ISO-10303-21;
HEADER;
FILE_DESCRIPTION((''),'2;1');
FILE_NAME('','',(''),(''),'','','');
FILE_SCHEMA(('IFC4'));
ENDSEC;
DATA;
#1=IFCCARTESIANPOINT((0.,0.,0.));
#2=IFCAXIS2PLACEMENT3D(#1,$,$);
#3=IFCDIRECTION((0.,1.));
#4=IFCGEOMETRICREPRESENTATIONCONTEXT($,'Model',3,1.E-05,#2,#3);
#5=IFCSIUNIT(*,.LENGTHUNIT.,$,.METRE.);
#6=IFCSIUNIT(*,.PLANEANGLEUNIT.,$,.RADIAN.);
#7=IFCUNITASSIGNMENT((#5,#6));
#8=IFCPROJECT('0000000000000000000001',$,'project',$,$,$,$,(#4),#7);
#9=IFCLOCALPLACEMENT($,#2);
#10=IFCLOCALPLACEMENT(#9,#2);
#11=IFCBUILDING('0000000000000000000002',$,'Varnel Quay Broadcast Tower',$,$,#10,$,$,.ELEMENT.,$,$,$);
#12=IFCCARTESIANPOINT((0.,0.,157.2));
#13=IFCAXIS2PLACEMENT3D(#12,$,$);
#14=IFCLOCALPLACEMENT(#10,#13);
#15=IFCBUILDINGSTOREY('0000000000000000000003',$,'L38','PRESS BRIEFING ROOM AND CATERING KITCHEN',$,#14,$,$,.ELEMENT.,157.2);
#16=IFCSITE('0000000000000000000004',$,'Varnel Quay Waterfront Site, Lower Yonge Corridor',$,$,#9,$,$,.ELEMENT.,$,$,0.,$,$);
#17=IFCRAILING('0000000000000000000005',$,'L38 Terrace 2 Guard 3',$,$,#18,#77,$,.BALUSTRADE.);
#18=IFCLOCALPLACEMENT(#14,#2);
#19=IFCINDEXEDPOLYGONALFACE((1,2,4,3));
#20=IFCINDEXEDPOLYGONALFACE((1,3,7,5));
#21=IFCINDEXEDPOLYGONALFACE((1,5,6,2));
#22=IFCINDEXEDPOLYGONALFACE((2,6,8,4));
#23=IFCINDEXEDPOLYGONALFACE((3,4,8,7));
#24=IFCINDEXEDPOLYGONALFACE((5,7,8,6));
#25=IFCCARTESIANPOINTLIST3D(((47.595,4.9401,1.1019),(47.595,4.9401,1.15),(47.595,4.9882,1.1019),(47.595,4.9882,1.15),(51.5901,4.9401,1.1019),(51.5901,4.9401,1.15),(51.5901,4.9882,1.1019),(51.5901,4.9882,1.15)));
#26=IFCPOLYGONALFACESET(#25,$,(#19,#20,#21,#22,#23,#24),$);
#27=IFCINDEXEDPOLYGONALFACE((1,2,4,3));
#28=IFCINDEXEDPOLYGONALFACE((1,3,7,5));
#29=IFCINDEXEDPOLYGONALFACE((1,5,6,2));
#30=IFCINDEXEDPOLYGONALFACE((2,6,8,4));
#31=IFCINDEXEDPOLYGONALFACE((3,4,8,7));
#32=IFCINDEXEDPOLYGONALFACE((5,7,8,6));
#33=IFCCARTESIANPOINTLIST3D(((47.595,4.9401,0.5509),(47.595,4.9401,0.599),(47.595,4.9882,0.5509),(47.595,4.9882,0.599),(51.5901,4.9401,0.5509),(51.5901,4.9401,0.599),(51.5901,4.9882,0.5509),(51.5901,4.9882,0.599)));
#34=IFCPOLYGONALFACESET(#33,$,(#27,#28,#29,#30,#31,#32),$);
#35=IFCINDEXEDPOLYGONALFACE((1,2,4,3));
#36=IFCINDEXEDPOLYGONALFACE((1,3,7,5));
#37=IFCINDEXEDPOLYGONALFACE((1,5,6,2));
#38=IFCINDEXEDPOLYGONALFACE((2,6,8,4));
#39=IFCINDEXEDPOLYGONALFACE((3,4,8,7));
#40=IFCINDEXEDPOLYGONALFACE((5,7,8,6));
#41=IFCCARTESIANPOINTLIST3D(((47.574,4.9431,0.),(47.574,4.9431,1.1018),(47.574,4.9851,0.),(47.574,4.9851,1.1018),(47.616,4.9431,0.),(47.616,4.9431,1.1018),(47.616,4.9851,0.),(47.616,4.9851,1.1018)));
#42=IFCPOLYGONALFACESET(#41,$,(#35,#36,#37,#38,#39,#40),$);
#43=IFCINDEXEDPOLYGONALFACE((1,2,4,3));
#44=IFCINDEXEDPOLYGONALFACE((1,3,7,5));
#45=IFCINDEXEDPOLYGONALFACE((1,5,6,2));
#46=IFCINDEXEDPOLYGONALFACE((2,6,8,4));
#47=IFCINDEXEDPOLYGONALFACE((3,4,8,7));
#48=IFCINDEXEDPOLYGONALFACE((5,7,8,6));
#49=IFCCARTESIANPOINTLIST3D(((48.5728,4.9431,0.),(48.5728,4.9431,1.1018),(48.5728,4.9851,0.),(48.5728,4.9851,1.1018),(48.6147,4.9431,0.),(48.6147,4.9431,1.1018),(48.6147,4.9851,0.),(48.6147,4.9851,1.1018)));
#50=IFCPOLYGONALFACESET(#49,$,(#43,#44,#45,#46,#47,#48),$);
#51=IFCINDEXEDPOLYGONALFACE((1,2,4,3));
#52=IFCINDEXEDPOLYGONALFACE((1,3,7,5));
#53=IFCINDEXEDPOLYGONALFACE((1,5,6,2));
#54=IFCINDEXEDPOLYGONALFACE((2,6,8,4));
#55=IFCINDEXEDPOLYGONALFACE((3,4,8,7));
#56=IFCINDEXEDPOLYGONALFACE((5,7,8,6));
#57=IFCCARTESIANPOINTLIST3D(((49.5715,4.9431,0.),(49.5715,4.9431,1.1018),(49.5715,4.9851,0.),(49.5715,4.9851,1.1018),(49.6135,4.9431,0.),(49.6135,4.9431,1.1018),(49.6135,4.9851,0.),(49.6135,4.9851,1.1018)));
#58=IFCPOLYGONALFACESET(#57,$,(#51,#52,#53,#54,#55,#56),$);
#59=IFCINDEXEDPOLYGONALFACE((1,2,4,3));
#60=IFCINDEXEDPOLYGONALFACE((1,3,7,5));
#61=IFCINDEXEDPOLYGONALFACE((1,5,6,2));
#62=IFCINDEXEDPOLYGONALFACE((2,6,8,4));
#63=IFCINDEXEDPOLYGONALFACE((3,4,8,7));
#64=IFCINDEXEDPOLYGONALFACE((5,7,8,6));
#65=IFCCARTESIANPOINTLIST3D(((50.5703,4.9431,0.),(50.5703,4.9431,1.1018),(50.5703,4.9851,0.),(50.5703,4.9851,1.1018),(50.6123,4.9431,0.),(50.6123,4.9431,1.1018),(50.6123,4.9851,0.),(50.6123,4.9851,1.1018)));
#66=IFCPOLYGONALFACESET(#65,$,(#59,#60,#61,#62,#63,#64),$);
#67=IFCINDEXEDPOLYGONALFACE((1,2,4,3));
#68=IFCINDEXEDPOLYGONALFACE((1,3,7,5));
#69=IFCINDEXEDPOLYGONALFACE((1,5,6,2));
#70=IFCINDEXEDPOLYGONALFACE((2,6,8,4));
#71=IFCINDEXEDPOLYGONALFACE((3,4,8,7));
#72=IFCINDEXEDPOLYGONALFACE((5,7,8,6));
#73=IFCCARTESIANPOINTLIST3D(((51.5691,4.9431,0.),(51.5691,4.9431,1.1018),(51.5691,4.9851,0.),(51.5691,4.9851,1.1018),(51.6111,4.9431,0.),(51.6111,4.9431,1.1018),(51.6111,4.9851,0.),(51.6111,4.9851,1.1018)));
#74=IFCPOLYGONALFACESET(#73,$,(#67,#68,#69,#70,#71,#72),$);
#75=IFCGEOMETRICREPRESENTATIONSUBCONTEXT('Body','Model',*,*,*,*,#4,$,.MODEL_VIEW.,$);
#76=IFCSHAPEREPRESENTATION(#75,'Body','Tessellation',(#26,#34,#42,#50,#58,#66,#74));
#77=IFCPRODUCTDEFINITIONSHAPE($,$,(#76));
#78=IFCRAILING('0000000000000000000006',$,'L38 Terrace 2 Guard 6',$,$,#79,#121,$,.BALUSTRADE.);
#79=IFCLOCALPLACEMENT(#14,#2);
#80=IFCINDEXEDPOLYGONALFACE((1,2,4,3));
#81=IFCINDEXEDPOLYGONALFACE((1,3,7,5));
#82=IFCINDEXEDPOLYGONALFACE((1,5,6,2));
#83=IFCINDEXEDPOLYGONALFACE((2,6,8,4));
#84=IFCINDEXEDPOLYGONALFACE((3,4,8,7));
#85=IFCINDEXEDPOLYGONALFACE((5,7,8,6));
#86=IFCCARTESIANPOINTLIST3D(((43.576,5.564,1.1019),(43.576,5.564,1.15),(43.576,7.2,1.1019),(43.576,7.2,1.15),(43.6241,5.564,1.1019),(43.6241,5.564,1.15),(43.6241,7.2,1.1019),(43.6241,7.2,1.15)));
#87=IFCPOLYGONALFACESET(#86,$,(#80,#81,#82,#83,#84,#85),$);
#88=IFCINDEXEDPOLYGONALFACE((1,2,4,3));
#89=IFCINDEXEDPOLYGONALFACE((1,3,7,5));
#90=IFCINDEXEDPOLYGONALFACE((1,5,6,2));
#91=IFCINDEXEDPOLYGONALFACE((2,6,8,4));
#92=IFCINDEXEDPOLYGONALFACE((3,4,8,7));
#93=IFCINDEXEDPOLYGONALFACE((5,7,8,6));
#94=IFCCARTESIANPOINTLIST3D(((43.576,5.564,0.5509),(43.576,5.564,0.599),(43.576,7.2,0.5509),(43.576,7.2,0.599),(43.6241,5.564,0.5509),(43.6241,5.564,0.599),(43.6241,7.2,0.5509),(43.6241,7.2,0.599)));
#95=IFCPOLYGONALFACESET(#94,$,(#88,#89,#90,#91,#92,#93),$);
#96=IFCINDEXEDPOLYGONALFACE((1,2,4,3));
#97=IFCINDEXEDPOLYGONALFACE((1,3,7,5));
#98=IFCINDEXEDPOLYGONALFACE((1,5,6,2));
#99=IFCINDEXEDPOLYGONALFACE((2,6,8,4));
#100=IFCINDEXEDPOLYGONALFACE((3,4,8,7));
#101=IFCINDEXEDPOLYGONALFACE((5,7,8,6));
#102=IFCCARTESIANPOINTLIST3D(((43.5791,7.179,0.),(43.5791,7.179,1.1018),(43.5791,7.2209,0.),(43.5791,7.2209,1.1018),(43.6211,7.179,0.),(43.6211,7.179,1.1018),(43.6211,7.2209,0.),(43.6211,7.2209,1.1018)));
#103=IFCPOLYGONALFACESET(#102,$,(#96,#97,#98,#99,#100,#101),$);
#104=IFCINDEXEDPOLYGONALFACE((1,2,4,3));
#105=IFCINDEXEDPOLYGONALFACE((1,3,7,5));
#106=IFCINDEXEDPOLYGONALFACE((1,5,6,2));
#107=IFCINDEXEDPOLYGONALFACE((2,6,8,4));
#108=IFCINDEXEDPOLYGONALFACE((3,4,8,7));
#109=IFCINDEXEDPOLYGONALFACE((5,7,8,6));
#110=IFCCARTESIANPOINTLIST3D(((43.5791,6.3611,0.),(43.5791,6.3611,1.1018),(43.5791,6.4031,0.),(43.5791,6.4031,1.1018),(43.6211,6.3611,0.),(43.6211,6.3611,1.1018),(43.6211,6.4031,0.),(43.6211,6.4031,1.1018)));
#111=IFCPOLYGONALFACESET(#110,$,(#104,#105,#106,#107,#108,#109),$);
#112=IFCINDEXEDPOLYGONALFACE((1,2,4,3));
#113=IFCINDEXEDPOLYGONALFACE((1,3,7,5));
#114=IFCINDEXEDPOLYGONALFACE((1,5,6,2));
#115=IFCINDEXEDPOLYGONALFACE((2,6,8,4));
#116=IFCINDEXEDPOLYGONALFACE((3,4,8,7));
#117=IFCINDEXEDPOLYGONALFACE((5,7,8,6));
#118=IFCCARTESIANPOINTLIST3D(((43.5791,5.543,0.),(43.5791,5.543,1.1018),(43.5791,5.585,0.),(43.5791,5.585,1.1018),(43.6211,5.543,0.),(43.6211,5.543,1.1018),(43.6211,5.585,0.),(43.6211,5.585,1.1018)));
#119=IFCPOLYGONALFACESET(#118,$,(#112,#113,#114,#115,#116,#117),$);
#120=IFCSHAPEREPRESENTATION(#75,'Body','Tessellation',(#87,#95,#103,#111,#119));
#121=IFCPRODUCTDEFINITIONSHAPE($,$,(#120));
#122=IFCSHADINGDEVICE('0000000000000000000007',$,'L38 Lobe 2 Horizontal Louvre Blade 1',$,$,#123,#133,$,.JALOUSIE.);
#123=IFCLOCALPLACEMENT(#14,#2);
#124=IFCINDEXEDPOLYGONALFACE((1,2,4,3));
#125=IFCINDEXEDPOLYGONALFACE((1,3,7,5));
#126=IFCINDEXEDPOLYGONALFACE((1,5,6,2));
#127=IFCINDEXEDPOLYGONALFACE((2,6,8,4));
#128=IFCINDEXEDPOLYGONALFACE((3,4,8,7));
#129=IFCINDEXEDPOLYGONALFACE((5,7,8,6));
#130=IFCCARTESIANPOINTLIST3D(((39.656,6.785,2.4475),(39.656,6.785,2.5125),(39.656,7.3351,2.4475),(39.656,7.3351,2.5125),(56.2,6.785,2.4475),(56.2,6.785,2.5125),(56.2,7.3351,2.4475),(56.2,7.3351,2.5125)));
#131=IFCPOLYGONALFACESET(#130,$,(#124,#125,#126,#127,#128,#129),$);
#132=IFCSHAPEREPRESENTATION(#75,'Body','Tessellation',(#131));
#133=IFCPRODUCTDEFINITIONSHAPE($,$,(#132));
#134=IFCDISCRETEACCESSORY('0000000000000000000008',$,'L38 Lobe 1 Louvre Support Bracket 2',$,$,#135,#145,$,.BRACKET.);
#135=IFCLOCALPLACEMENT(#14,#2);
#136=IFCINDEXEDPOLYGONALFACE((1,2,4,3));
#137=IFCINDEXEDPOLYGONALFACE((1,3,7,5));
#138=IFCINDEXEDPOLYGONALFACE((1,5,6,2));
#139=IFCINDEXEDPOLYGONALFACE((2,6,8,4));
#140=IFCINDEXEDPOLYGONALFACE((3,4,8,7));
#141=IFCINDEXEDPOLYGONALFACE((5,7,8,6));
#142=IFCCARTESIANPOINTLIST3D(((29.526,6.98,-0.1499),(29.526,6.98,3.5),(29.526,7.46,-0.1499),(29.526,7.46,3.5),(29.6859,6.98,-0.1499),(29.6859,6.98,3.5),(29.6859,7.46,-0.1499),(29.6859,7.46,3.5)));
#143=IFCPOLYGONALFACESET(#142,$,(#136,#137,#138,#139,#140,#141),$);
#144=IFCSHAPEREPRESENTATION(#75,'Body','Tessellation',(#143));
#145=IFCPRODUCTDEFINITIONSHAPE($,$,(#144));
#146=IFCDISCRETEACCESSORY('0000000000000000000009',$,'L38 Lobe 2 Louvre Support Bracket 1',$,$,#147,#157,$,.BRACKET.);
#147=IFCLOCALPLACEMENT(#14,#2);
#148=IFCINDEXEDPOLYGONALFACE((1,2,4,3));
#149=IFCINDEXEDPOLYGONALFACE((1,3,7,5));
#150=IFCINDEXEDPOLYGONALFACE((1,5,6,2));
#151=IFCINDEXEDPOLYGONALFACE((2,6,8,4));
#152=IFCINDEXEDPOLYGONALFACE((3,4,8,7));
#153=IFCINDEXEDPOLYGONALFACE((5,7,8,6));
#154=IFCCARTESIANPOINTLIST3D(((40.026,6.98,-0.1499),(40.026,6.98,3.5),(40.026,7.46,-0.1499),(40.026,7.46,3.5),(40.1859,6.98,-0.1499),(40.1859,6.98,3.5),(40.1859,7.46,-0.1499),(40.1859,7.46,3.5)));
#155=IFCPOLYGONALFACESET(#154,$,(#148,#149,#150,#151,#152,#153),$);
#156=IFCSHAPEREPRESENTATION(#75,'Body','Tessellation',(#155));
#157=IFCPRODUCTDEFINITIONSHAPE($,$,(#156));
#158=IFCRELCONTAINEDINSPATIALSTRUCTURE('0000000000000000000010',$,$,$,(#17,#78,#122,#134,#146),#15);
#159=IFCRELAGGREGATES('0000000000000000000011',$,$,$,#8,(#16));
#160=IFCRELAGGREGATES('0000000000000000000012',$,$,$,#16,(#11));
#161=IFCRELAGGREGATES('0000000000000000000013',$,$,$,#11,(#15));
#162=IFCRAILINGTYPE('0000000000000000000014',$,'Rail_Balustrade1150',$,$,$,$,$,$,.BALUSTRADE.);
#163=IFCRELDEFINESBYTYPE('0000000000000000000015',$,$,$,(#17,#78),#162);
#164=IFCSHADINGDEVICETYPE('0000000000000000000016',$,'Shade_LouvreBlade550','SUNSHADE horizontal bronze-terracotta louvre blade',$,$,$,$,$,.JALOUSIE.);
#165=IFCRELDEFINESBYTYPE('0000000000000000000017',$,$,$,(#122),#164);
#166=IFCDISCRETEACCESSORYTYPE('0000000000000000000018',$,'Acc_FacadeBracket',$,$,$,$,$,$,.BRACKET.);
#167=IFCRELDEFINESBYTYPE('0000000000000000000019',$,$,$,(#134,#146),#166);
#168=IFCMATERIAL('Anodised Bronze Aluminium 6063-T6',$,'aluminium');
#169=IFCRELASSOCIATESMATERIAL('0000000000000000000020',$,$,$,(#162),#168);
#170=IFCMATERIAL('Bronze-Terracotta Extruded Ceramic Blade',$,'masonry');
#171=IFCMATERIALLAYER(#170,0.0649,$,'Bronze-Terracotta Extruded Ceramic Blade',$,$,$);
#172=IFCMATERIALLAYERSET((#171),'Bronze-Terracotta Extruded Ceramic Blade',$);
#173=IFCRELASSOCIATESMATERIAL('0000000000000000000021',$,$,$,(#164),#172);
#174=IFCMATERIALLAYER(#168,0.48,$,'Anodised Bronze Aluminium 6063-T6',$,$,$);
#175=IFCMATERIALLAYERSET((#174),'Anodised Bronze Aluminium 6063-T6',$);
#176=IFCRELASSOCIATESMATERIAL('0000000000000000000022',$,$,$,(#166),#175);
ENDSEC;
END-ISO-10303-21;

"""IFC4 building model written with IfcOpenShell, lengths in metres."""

from ifc_helpers import new_model, si_unit, direction, frame, origin, origin_2d, place, context, subcontext, project, spatial, rectangle, extrude, source, transform, mapped, material, layer, layer_set, type_object, type_shapes, element, save


model = new_model("IFC4")

# Units and contexts
model_context = context("Model", 3, precision=1e-05, world=origin(), true_north=direction((0.0, 1.0)))
body_context = subcontext(model_context, "Body", "Model", "MODEL_VIEW")
ifc_project = project(units=[si_unit("LENGTHUNIT", "METRE"), si_unit("PLANEANGLEUNIT", "RADIAN")], contexts=[model_context])

# Site, building, storey
site_placement = place(None, origin())
site = spatial("IfcSite", under=ifc_project, at=site_placement, Name="Varnel Quay Waterfront Site, Lower Yonge Corridor", CompositionType="ELEMENT", RefElevation=0.0)
building_placement = place(site_placement, origin())
building = spatial("IfcBuilding", under=site, at=building_placement, Name="Varnel Quay Broadcast Tower", CompositionType="ELEMENT")
storey_placement = place(building_placement, frame((0.0, 0.0, 157.2)))
storey = spatial("IfcBuildingStorey", under=building, at=storey_placement, Name="L38", Description="PRESS BRIEFING ROOM AND CATERING KITCHEN", CompositionType="ELEMENT", Elevation=157.2)

# Shared definitions
ifc_material_1 = material(Name="Anodised Bronze Aluminium 6063-T6", Category="aluminium")

# Railings
railing_type = type_object("IfcRailingType", Name="Rail_Balustrade1150", PredefinedType="BALUSTRADE", material=ifc_material_1)
railing_1_placement = place(storey_placement, frame((47.595, 4.9641, 0.0)))
element("IfcRailing", 1, at=railing_1_placement, inside=storey, type_object=railing_type, Name="L38 Terrace 2 Guard 3", PredefinedType="BALUSTRADE", context=body_context, shape_type="SweptSolid", body=[
    extrude(rectangle(XDim=0.0481, YDim=0.0481, at=origin_2d()), frame((0.0, 0.0, 1.126), z_axis=(1.0, 0.0, 0.0), x_axis=(0.0, 1.0, 0.0)), (0.0, 0.0, 1.0), 3.9951),
    extrude(rectangle(XDim=0.0481, YDim=0.0481, at=origin_2d()), frame((0.0, 0.0, 0.575), z_axis=(1.0, 0.0, 0.0), x_axis=(0.0, 1.0, 0.0)), (0.0, 0.0, 1.0), 3.9951),
    extrude(rectangle(XDim=0.042, YDim=0.042, at=origin_2d()), origin(), (0.0, 0.0, 1.0), 1.1018),
    extrude(rectangle(XDim=0.042, YDim=0.042, at=origin_2d()), frame((0.9988, 0.0, 0.0)), (0.0, 0.0, 1.0), 1.1018),
    extrude(rectangle(XDim=0.042, YDim=0.042, at=origin_2d()), frame((1.9976, 0.0, 0.0)), (0.0, 0.0, 1.0), 1.1018),
    extrude(rectangle(XDim=0.042, YDim=0.042, at=origin_2d()), frame((2.9963, 0.0, 0.0)), (0.0, 0.0, 1.0), 1.1018),
    extrude(rectangle(XDim=0.042, YDim=0.042, at=origin_2d()), frame((3.9951, 0.0, 0.0)), (0.0, 0.0, 1.0), 1.1018),
])
railing_2_placement = place(storey_placement, frame((43.6001, 7.2, 0.0)))
element("IfcRailing", 2, at=railing_2_placement, inside=storey, type_object=railing_type, Name="L38 Terrace 2 Guard 6", PredefinedType="BALUSTRADE", context=body_context, shape_type="SweptSolid", body=[
    extrude(rectangle(XDim=0.0481, YDim=0.0481, at=origin_2d()), frame((0.0, 0.0, 1.126), z_axis=(0.0, -1.0, 0.0), x_axis=(1.0, 0.0, 0.0)), (0.0, 0.0, 1.0), 1.636),
    extrude(rectangle(XDim=0.0481, YDim=0.0481, at=origin_2d()), frame((0.0, 0.0, 0.575), z_axis=(0.0, -1.0, 0.0), x_axis=(1.0, 0.0, 0.0)), (0.0, 0.0, 1.0), 1.636),
    extrude(rectangle(XDim=0.042, YDim=0.042, at=origin_2d()), origin(), (0.0, 0.0, 1.0), 1.1018),
    extrude(rectangle(XDim=0.042, YDim=0.042, at=origin_2d()), frame((0.0, -0.8179, 0.0)), (0.0, 0.0, 1.0), 1.1018),
    extrude(rectangle(XDim=0.042, YDim=0.042, at=origin_2d()), frame((0.0, -1.636, 0.0)), (0.0, 0.0, 1.0), 1.1018),
])

# Shading device
ifc_material_2 = material(Name="Bronze-Terracotta Extruded Ceramic Blade", Category="masonry")
ifc_layer_1 = layer(ifc_material_2, 0.0649, Name="Bronze-Terracotta Extruded Ceramic Blade")
ifc_layer_set_1 = layer_set([ifc_layer_1], Name="Bronze-Terracotta Extruded Ceramic Blade")
shading_device_type = type_object("IfcShadingDeviceType", Name="Shade_LouvreBlade550", Description="SUNSHADE horizontal bronze-terracotta louvre blade", PredefinedType="JALOUSIE", material=ifc_layer_set_1)
shared_shape_1 = source(origin(), body_context, "Body", "SweptSolid", [
    extrude(rectangle(XDim=16.5439, YDim=0.55, at=origin_2d()), origin(), (0.0, 0.0, 1.0), 0.0649),
])
type_shapes(shading_device_type, [shared_shape_1])
shading_device_placement = place(storey_placement, frame((47.928, 7.0601, 2.4475), z_axis=(0.0, 0.0, 1.0), x_axis=(1.0, 0.0, 0.0)))
element("IfcShadingDevice", 3, at=shading_device_placement, inside=storey, type_object=shading_device_type, Name="L38 Lobe 2 Horizontal Louvre Blade 1", PredefinedType="JALOUSIE", context=body_context, shape_type="MappedRepresentation", body=[
    mapped(shared_shape_1, transform((0.0, 0.0, 0.0), x_axis=(1.0, 0.0, 0.0), y_axis=(0.0, 1.0, 0.0), z_axis=(0.0, 0.0, 1.0), scale=1.0)),
])

# Discrete accessories
ifc_layer_2 = layer(ifc_material_1, 0.48, Name="Anodised Bronze Aluminium 6063-T6")
ifc_layer_set_2 = layer_set([ifc_layer_2], Name="Anodised Bronze Aluminium 6063-T6")
discrete_accessory_type = type_object("IfcDiscreteAccessoryType", Name="Acc_FacadeBracket", PredefinedType="BRACKET", material=ifc_layer_set_2)
shared_shape_2 = source(origin(), body_context, "Body", "SweptSolid", [
    extrude(rectangle(XDim=0.1599, YDim=0.48, at=origin_2d()), origin(), (0.0, 0.0, 1.0), 3.6499),
])
type_shapes(discrete_accessory_type, [shared_shape_2])
for number, where, z_axis, x_axis, name in (
    (4, (29.606, 7.22, -0.1499), (0.0, 0.0, 1.0), (1.0, 0.0, 0.0), "L38 Lobe 1 Louvre Support Bracket 2"),
    (5, (40.106, 7.22, -0.1499), (0.0, 0.0, 1.0), (1.0, 0.0, 0.0), "L38 Lobe 2 Louvre Support Bracket 1"),
):
    element("IfcDiscreteAccessory", number, at=place(storey_placement, frame(where, z_axis=z_axis, x_axis=x_axis)), inside=storey, type_object=discrete_accessory_type, Name=name, PredefinedType="BRACKET", context=body_context, shape_type="MappedRepresentation", body=[
        mapped(shared_shape_2, transform((0.0, 0.0, 0.0), x_axis=(1.0, 0.0, 0.0), y_axis=(0.0, 1.0, 0.0), z_axis=(0.0, 0.0, 1.0), scale=1.0)),
    ])

save(model, "model.ifc")
